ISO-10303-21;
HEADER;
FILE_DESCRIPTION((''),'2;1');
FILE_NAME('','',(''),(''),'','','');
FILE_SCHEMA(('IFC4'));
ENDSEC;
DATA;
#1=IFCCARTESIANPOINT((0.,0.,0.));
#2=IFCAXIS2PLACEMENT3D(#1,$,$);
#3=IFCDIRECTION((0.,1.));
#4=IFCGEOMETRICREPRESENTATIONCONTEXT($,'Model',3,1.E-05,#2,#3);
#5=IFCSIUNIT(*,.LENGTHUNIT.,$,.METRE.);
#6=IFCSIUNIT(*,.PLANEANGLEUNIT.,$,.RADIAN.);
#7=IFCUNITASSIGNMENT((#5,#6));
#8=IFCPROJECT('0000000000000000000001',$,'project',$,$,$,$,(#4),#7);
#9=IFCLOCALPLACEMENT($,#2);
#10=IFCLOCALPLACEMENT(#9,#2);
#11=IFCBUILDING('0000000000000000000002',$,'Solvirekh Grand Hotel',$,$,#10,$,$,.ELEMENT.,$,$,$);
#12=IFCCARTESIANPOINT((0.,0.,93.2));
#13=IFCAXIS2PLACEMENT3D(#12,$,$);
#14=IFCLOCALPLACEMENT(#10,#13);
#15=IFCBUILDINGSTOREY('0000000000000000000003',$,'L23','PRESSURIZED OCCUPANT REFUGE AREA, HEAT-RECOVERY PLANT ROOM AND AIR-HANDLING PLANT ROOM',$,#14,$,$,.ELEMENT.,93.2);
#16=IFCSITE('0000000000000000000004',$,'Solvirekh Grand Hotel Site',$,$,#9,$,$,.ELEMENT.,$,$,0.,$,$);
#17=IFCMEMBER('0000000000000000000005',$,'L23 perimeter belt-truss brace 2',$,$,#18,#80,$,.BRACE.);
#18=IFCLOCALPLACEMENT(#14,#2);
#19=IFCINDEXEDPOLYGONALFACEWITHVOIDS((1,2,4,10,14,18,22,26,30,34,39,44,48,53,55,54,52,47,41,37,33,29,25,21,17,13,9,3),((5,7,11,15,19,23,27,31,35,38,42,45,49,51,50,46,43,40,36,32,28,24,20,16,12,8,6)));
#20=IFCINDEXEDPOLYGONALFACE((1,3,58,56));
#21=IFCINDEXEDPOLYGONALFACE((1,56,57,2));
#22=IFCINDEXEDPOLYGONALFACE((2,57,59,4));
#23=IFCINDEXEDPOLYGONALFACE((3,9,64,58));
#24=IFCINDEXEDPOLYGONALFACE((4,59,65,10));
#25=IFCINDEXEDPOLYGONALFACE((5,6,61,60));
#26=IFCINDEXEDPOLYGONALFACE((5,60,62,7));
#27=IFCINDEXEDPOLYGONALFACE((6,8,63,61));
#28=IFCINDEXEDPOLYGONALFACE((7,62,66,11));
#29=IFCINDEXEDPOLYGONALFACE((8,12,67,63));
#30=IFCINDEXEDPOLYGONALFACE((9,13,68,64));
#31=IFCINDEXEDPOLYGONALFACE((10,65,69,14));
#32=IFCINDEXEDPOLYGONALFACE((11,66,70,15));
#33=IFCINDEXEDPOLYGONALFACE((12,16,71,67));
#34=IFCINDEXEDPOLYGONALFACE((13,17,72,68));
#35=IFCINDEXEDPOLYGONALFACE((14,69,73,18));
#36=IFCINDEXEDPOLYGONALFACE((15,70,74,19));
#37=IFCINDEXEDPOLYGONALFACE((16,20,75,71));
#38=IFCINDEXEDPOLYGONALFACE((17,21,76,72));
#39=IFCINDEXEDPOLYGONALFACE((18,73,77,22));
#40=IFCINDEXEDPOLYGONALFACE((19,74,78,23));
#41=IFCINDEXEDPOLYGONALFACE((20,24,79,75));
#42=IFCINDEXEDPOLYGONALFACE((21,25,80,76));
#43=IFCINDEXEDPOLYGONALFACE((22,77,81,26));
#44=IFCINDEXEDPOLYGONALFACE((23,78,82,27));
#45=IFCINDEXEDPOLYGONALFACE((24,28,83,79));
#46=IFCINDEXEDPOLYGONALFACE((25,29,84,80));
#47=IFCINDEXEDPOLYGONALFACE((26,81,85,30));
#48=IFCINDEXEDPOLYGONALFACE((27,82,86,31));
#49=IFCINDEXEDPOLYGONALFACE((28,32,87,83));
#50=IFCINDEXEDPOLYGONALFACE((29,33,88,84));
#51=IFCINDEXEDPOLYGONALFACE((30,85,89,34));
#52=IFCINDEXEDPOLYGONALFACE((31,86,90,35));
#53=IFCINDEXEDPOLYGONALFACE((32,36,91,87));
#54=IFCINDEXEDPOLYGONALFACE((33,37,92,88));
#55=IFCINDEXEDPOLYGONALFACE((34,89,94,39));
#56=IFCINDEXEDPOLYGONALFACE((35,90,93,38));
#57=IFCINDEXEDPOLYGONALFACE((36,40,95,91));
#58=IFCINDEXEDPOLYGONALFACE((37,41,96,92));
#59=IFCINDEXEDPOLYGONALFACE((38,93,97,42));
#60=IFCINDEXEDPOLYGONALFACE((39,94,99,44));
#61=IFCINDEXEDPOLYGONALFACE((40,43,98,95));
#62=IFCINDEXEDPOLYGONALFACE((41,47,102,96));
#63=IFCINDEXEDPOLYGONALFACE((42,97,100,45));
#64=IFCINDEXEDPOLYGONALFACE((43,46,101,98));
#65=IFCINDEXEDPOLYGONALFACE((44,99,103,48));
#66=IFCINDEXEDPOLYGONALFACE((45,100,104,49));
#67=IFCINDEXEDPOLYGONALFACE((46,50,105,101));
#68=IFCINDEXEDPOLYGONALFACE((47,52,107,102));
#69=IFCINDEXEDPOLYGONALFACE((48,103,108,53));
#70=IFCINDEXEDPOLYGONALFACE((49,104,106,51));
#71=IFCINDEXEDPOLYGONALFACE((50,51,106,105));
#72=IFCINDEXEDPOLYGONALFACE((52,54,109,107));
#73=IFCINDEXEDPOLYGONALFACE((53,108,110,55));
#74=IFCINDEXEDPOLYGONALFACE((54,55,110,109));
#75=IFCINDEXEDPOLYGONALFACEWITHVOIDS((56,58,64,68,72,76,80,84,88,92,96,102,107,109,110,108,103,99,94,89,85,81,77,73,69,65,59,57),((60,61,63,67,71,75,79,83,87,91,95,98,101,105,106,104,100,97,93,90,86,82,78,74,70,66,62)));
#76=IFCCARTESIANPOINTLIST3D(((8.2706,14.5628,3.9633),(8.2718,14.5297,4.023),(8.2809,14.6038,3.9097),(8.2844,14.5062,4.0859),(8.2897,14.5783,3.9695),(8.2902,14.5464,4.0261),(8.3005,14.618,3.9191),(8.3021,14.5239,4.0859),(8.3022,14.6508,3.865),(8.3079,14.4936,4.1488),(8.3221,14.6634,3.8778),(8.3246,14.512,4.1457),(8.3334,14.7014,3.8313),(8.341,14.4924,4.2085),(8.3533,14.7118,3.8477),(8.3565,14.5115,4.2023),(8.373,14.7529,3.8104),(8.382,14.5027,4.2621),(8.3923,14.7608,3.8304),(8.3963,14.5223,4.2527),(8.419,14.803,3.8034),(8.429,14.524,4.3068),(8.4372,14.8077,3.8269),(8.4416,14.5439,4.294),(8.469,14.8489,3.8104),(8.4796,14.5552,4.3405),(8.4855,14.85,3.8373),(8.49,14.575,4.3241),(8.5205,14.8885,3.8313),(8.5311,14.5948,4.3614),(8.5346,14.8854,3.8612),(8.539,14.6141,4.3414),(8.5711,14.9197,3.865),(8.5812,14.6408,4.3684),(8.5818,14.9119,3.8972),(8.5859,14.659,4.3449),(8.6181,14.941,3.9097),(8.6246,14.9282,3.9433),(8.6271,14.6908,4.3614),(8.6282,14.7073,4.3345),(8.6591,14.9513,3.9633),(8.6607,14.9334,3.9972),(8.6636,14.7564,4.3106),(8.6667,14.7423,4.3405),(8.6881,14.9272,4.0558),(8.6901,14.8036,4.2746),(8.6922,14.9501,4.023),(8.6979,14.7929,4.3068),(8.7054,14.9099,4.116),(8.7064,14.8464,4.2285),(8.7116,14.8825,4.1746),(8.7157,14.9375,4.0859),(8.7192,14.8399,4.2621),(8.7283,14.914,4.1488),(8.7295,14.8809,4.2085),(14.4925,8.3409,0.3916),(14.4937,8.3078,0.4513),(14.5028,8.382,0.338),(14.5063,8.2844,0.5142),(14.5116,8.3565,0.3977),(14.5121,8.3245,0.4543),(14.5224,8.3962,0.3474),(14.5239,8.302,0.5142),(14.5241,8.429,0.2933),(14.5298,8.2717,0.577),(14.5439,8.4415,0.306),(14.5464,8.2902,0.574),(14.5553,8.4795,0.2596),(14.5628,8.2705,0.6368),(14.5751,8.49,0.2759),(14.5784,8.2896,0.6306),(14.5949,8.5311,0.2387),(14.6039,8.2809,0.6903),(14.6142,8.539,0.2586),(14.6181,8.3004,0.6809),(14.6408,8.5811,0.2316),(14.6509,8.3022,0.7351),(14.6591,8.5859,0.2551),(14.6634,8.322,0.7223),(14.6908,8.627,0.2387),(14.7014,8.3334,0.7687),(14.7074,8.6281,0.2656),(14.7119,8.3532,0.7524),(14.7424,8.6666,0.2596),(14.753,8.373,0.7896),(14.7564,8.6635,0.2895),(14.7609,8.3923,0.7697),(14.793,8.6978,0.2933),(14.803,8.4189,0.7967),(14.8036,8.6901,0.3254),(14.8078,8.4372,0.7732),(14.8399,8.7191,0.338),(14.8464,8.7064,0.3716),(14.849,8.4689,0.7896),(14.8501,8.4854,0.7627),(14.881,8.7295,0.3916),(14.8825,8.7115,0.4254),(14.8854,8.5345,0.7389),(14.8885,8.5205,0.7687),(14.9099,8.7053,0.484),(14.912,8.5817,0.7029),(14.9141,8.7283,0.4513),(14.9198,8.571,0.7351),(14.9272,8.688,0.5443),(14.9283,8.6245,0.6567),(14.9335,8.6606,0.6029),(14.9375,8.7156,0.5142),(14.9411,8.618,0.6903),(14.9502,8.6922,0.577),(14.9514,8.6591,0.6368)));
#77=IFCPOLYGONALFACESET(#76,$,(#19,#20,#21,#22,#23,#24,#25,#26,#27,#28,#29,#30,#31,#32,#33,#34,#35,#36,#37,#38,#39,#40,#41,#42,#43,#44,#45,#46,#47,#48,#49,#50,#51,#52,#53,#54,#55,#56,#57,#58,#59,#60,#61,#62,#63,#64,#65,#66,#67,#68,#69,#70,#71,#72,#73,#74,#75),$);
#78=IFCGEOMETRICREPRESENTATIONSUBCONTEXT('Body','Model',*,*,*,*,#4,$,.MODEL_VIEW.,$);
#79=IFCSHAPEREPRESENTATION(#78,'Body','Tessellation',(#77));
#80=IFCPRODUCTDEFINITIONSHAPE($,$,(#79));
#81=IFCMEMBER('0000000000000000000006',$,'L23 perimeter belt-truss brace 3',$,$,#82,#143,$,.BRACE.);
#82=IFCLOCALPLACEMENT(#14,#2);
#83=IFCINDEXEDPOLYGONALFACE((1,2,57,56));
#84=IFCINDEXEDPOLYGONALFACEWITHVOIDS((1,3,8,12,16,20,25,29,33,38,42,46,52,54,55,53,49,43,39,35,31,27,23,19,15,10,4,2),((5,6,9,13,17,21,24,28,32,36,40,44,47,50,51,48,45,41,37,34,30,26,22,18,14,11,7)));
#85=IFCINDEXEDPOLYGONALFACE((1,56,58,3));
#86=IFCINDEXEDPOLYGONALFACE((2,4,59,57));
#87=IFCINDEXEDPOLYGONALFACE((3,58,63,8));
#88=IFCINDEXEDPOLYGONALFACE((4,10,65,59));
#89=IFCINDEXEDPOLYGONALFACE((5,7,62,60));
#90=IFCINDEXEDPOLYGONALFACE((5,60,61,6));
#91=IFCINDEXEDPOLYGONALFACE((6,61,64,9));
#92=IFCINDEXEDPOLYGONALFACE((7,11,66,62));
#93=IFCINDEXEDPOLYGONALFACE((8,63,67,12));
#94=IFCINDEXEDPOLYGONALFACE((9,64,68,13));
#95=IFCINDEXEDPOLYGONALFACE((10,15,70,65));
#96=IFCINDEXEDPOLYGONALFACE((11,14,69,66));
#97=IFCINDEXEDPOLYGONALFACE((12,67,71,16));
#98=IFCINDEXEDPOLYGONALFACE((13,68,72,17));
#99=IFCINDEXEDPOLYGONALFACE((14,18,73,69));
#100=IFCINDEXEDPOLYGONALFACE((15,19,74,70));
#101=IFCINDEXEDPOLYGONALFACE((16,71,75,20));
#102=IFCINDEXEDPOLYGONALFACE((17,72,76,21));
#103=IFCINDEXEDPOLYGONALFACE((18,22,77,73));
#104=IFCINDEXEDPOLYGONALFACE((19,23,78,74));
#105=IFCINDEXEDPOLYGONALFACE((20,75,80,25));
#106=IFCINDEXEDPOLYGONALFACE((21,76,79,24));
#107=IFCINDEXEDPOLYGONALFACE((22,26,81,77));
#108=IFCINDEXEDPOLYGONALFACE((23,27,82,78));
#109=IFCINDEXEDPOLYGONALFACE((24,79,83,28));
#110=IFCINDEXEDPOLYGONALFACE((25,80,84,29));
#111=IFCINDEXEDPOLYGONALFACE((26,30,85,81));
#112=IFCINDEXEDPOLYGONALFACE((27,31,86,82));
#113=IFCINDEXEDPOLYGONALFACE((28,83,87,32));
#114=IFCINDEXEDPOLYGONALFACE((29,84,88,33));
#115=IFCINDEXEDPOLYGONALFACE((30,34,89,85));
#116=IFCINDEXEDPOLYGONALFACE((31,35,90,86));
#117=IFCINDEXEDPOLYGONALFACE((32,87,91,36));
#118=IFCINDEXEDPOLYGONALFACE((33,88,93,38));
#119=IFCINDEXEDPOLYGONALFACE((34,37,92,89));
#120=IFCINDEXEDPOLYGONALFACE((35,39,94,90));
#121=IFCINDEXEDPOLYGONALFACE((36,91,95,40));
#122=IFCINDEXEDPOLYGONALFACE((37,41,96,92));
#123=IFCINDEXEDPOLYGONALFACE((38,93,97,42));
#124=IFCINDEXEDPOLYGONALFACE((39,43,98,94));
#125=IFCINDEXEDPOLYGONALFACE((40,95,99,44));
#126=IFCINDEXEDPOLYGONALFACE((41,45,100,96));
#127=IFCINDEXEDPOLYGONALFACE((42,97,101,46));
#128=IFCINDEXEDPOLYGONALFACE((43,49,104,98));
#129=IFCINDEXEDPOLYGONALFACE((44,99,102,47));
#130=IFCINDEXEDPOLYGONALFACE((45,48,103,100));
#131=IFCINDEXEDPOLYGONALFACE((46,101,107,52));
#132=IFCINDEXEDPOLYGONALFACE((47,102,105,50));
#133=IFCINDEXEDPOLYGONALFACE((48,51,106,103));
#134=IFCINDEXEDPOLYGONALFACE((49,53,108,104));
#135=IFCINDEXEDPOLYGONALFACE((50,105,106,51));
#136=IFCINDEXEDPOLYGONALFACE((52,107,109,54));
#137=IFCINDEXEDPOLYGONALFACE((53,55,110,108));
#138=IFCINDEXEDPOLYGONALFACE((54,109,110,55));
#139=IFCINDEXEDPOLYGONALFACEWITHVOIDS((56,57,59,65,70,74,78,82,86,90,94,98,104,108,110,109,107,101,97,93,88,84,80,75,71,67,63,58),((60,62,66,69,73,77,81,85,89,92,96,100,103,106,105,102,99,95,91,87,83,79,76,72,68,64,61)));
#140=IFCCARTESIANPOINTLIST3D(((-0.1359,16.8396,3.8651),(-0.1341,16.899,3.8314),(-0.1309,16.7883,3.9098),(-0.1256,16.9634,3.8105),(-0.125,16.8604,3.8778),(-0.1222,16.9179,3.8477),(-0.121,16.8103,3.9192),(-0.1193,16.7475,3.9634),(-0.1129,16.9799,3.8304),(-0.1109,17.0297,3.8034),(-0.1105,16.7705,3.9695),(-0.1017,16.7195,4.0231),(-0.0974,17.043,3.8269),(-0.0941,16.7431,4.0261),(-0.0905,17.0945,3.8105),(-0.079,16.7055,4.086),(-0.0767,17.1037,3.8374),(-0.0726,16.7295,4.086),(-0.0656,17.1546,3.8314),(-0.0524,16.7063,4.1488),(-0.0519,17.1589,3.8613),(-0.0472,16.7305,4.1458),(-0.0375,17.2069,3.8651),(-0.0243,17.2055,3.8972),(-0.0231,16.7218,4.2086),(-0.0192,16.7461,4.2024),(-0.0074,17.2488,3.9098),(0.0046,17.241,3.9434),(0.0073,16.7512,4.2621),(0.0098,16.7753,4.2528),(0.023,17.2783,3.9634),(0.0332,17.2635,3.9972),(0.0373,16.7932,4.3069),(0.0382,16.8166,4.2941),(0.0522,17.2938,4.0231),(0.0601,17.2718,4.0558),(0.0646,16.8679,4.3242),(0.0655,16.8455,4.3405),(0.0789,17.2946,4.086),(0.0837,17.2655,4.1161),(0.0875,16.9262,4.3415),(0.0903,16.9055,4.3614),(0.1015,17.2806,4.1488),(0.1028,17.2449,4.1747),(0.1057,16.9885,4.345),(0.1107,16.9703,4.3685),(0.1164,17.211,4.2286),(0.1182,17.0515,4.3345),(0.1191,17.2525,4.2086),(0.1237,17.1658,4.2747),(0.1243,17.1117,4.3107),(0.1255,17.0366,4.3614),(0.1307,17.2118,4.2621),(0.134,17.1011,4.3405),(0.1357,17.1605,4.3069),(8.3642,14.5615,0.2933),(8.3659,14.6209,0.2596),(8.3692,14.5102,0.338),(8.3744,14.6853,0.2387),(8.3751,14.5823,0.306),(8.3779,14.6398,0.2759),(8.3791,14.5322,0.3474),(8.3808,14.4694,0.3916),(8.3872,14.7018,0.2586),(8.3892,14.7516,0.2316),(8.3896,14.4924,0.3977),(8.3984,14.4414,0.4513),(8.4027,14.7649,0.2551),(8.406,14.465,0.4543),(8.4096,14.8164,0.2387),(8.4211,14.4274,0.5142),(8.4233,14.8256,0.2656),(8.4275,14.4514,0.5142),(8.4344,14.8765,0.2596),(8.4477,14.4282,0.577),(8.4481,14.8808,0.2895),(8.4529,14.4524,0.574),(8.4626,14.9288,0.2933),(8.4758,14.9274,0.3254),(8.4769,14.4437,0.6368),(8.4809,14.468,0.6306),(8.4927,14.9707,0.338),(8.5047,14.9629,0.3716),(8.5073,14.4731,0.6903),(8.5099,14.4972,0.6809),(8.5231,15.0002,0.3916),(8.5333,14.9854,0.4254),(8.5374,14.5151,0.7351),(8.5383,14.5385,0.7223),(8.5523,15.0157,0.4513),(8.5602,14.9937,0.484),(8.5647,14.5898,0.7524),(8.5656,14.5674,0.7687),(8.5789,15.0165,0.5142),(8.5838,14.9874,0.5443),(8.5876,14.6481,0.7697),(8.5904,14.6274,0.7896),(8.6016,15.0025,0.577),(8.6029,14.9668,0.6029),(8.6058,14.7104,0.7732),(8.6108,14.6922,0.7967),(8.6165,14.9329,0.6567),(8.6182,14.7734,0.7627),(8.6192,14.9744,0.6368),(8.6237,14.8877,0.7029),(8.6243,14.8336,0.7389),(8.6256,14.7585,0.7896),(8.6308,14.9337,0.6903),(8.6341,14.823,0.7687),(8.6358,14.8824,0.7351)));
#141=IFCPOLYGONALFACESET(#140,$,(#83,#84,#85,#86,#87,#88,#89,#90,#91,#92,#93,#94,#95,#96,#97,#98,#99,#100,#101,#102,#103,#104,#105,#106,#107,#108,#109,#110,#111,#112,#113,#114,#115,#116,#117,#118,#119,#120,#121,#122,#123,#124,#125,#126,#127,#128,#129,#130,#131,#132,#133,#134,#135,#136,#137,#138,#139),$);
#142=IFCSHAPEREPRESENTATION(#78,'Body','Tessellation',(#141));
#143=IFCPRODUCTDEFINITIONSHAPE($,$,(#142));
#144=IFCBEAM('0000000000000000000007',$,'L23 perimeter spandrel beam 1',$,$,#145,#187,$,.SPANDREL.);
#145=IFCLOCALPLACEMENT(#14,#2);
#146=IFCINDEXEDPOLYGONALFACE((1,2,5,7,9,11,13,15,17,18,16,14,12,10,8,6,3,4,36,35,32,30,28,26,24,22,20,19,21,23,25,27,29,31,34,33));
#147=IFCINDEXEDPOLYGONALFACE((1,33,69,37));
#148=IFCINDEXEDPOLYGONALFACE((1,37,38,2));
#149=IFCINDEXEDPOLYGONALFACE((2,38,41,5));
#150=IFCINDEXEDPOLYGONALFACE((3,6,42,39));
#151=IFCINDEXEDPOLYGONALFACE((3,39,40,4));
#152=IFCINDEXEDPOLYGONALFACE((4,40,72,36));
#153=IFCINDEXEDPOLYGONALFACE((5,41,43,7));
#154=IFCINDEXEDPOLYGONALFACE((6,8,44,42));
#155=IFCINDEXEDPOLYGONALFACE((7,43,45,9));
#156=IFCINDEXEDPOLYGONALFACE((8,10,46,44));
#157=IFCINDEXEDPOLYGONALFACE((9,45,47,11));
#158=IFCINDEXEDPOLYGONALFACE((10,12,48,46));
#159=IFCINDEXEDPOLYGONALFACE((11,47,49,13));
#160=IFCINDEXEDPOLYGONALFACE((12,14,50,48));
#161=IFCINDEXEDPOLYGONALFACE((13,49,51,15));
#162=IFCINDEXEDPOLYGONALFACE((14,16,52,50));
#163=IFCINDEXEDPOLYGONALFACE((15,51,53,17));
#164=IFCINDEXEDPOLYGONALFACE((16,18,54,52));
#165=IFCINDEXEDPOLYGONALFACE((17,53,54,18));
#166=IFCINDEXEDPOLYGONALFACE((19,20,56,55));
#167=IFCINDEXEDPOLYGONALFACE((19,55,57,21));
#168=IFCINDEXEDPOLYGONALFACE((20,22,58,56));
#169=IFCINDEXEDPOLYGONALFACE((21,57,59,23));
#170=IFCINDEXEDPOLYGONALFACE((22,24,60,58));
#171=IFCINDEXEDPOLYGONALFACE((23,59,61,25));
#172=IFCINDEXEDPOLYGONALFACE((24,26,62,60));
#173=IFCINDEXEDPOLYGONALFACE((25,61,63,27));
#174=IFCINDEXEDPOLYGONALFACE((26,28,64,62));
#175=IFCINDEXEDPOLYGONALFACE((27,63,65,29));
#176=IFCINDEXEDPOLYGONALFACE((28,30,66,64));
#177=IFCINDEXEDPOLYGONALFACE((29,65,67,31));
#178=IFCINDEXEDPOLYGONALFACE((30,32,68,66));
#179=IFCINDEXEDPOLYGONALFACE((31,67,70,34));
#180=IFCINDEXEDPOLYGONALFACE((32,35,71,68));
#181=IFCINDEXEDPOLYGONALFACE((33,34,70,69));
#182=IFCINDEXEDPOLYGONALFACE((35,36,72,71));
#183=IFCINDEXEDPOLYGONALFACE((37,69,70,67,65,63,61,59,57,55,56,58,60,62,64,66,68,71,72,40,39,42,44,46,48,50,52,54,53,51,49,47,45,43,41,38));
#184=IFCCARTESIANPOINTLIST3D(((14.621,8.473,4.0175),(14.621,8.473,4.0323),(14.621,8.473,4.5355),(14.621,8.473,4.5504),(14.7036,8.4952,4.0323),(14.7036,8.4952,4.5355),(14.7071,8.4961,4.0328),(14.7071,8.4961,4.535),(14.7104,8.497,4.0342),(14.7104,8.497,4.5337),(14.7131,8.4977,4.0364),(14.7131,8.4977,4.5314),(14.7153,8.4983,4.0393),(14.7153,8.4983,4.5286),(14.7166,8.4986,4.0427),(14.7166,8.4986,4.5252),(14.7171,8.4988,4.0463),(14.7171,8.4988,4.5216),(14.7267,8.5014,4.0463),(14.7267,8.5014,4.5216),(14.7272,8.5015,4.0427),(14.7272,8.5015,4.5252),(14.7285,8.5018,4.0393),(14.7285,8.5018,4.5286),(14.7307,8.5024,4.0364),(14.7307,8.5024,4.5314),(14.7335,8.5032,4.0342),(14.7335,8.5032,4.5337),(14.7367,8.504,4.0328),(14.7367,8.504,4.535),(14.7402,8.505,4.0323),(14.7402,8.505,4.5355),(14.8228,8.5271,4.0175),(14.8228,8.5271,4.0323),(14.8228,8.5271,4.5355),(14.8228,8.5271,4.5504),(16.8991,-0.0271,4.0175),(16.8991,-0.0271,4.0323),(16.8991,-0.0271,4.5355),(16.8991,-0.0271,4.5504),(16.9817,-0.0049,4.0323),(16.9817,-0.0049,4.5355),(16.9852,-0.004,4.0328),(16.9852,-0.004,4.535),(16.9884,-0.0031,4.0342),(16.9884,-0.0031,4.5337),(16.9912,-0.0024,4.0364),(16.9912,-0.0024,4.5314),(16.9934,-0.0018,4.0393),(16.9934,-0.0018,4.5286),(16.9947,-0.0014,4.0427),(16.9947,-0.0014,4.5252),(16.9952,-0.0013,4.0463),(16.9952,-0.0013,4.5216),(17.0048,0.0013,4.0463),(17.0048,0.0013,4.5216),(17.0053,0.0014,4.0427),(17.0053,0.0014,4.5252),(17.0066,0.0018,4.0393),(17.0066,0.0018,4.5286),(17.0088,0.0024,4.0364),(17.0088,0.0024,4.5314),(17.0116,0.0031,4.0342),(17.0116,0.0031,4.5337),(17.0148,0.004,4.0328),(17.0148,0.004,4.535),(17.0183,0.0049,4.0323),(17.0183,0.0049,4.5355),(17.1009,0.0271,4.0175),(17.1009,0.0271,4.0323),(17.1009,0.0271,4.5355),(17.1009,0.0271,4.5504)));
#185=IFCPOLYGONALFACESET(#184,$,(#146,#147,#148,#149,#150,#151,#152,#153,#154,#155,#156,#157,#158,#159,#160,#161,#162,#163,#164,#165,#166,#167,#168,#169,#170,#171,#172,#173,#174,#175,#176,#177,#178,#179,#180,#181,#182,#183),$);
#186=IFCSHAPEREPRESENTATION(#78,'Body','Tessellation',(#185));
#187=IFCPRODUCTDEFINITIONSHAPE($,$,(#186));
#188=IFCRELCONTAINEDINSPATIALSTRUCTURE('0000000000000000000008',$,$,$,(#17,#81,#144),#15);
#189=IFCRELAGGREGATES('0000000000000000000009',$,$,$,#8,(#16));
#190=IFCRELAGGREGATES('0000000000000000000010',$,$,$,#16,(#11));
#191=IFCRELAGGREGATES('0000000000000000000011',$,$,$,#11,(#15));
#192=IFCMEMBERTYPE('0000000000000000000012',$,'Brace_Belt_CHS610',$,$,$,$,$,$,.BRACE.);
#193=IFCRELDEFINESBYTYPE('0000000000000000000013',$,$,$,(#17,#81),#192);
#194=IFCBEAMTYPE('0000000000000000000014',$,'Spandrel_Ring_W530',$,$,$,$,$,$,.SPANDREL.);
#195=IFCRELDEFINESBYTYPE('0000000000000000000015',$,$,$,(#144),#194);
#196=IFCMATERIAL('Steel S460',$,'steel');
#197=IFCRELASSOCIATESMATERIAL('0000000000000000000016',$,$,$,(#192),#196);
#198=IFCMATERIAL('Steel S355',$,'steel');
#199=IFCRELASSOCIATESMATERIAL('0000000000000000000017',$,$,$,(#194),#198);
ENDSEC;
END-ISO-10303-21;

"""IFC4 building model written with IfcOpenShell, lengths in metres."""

from ifc_helpers import new_model, si_unit, direction, frame, origin, origin_2d, place, context, subcontext, project, spatial, hollow_circle, i_section, extrude, material, material_profile, profile_set, type_object, element, save


model = new_model("IFC4")

# Units and contexts
model_context = context("Model", 3, precision=1e-05, world=origin(), true_north=direction((0.0, 1.0)))
body_context = subcontext(model_context, "Body", "Model", "MODEL_VIEW")
ifc_project = project(units=[si_unit("LENGTHUNIT", "METRE"), si_unit("PLANEANGLEUNIT", "RADIAN")], contexts=[model_context])

# Site, building, storey
site_placement = place(None, origin())
site = spatial("IfcSite", under=ifc_project, at=site_placement, Name="Solvirekh Grand Hotel Site", CompositionType="ELEMENT", RefElevation=0.0)
building_placement = place(site_placement, origin())
building = spatial("IfcBuilding", under=site, at=building_placement, Name="Solvirekh Grand Hotel", CompositionType="ELEMENT")
storey_placement = place(building_placement, frame((0.0, 0.0, 93.2)))
storey = spatial("IfcBuildingStorey", under=building, at=storey_placement, Name="L23", Description="PRESSURIZED OCCUPANT REFUGE AREA, HEAT-RECOVERY PLANT ROOM AND AIR-HANDLING PLANT ROOM", CompositionType="ELEMENT", Elevation=93.2)

# Members
ifc_material_1 = material(Name="Steel S460", Category="steel")
ifc_material_profile_1 = material_profile(ifc_material_1, hollow_circle(Radius=0.3049, WallThickness=0.0249, at=origin_2d()), Name="CHS 610X25")
ifc_profile_set_1 = profile_set([ifc_material_profile_1], Name="Steel S460")
member_type = type_object("IfcMemberType", Name="Brace_Belt_CHS610", PredefinedType="BRACE", material=ifc_profile_set_1)
member_1_placement = place(storey_placement, frame((14.7219, 8.5, 0.5142), z_axis=(-0.655185, 0.655185, 0.376118), x_axis=(-0.707107, -0.707107, 0.0)))
element("IfcMember", 1, at=member_1_placement, inside=storey, type_object=member_type, Name="L23 perimeter belt-truss brace 2", PredefinedType="BRACE", context=body_context, shape_type="SweptSolid", body=[
    extrude(hollow_circle(Radius=0.3049, WallThickness=0.0249, at=origin_2d()), origin(), (0.0, 0.0, 1.0), 9.4963),
])
member_2_placement = place(storey_placement, frame((8.5, 14.7219, 0.5142), z_axis=(-0.894999, 0.239868, 0.376087), x_axis=(-0.258873, -0.965911, 0.0)))
element("IfcMember", 2, at=member_2_placement, inside=storey, type_object=member_type, Name="L23 perimeter belt-truss brace 3", PredefinedType="BRACE", context=body_context, shape_type="SweptSolid", body=[
    extrude(hollow_circle(Radius=0.3049, WallThickness=0.0249, at=origin_2d()), origin(), (0.0, 0.0, 1.0), 9.4973),
])

# Beam
ifc_material_2 = material(Name="Steel S355", Category="steel")
ifc_material_profile_2 = material_profile(ifc_material_2, i_section(OverallWidth=0.209, OverallDepth=0.533, WebThickness=0.01, FlangeThickness=0.0149, FilletRadius=0.0139, at=origin_2d()), Name="W530X92")
ifc_profile_set_2 = profile_set([ifc_material_profile_2], Name="Steel S355")
beam_type = type_object("IfcBeamType", Name="Spandrel_Ring_W530", PredefinedType="SPANDREL", material=ifc_profile_set_2)
beam_1_placement = place(storey_placement, frame((17.0, 0.0, 4.2839), z_axis=(-0.258873, 0.965911, 0.0), x_axis=(-0.965911, -0.258873, 0.0)))
element("IfcBeam", 3, at=beam_1_placement, inside=storey, type_object=beam_type, Name="L23 perimeter spandrel beam 1", PredefinedType="SPANDREL", context=body_context, shape_type="SweptSolid", body=[
    extrude(i_section(OverallWidth=0.209, OverallDepth=0.533, WebThickness=0.01, FlangeThickness=0.0149, FilletRadius=0.0139, at=origin_2d()), origin(), (0.0, 0.0, 1.0), 8.8),
])

save(model, "model.ifc")
